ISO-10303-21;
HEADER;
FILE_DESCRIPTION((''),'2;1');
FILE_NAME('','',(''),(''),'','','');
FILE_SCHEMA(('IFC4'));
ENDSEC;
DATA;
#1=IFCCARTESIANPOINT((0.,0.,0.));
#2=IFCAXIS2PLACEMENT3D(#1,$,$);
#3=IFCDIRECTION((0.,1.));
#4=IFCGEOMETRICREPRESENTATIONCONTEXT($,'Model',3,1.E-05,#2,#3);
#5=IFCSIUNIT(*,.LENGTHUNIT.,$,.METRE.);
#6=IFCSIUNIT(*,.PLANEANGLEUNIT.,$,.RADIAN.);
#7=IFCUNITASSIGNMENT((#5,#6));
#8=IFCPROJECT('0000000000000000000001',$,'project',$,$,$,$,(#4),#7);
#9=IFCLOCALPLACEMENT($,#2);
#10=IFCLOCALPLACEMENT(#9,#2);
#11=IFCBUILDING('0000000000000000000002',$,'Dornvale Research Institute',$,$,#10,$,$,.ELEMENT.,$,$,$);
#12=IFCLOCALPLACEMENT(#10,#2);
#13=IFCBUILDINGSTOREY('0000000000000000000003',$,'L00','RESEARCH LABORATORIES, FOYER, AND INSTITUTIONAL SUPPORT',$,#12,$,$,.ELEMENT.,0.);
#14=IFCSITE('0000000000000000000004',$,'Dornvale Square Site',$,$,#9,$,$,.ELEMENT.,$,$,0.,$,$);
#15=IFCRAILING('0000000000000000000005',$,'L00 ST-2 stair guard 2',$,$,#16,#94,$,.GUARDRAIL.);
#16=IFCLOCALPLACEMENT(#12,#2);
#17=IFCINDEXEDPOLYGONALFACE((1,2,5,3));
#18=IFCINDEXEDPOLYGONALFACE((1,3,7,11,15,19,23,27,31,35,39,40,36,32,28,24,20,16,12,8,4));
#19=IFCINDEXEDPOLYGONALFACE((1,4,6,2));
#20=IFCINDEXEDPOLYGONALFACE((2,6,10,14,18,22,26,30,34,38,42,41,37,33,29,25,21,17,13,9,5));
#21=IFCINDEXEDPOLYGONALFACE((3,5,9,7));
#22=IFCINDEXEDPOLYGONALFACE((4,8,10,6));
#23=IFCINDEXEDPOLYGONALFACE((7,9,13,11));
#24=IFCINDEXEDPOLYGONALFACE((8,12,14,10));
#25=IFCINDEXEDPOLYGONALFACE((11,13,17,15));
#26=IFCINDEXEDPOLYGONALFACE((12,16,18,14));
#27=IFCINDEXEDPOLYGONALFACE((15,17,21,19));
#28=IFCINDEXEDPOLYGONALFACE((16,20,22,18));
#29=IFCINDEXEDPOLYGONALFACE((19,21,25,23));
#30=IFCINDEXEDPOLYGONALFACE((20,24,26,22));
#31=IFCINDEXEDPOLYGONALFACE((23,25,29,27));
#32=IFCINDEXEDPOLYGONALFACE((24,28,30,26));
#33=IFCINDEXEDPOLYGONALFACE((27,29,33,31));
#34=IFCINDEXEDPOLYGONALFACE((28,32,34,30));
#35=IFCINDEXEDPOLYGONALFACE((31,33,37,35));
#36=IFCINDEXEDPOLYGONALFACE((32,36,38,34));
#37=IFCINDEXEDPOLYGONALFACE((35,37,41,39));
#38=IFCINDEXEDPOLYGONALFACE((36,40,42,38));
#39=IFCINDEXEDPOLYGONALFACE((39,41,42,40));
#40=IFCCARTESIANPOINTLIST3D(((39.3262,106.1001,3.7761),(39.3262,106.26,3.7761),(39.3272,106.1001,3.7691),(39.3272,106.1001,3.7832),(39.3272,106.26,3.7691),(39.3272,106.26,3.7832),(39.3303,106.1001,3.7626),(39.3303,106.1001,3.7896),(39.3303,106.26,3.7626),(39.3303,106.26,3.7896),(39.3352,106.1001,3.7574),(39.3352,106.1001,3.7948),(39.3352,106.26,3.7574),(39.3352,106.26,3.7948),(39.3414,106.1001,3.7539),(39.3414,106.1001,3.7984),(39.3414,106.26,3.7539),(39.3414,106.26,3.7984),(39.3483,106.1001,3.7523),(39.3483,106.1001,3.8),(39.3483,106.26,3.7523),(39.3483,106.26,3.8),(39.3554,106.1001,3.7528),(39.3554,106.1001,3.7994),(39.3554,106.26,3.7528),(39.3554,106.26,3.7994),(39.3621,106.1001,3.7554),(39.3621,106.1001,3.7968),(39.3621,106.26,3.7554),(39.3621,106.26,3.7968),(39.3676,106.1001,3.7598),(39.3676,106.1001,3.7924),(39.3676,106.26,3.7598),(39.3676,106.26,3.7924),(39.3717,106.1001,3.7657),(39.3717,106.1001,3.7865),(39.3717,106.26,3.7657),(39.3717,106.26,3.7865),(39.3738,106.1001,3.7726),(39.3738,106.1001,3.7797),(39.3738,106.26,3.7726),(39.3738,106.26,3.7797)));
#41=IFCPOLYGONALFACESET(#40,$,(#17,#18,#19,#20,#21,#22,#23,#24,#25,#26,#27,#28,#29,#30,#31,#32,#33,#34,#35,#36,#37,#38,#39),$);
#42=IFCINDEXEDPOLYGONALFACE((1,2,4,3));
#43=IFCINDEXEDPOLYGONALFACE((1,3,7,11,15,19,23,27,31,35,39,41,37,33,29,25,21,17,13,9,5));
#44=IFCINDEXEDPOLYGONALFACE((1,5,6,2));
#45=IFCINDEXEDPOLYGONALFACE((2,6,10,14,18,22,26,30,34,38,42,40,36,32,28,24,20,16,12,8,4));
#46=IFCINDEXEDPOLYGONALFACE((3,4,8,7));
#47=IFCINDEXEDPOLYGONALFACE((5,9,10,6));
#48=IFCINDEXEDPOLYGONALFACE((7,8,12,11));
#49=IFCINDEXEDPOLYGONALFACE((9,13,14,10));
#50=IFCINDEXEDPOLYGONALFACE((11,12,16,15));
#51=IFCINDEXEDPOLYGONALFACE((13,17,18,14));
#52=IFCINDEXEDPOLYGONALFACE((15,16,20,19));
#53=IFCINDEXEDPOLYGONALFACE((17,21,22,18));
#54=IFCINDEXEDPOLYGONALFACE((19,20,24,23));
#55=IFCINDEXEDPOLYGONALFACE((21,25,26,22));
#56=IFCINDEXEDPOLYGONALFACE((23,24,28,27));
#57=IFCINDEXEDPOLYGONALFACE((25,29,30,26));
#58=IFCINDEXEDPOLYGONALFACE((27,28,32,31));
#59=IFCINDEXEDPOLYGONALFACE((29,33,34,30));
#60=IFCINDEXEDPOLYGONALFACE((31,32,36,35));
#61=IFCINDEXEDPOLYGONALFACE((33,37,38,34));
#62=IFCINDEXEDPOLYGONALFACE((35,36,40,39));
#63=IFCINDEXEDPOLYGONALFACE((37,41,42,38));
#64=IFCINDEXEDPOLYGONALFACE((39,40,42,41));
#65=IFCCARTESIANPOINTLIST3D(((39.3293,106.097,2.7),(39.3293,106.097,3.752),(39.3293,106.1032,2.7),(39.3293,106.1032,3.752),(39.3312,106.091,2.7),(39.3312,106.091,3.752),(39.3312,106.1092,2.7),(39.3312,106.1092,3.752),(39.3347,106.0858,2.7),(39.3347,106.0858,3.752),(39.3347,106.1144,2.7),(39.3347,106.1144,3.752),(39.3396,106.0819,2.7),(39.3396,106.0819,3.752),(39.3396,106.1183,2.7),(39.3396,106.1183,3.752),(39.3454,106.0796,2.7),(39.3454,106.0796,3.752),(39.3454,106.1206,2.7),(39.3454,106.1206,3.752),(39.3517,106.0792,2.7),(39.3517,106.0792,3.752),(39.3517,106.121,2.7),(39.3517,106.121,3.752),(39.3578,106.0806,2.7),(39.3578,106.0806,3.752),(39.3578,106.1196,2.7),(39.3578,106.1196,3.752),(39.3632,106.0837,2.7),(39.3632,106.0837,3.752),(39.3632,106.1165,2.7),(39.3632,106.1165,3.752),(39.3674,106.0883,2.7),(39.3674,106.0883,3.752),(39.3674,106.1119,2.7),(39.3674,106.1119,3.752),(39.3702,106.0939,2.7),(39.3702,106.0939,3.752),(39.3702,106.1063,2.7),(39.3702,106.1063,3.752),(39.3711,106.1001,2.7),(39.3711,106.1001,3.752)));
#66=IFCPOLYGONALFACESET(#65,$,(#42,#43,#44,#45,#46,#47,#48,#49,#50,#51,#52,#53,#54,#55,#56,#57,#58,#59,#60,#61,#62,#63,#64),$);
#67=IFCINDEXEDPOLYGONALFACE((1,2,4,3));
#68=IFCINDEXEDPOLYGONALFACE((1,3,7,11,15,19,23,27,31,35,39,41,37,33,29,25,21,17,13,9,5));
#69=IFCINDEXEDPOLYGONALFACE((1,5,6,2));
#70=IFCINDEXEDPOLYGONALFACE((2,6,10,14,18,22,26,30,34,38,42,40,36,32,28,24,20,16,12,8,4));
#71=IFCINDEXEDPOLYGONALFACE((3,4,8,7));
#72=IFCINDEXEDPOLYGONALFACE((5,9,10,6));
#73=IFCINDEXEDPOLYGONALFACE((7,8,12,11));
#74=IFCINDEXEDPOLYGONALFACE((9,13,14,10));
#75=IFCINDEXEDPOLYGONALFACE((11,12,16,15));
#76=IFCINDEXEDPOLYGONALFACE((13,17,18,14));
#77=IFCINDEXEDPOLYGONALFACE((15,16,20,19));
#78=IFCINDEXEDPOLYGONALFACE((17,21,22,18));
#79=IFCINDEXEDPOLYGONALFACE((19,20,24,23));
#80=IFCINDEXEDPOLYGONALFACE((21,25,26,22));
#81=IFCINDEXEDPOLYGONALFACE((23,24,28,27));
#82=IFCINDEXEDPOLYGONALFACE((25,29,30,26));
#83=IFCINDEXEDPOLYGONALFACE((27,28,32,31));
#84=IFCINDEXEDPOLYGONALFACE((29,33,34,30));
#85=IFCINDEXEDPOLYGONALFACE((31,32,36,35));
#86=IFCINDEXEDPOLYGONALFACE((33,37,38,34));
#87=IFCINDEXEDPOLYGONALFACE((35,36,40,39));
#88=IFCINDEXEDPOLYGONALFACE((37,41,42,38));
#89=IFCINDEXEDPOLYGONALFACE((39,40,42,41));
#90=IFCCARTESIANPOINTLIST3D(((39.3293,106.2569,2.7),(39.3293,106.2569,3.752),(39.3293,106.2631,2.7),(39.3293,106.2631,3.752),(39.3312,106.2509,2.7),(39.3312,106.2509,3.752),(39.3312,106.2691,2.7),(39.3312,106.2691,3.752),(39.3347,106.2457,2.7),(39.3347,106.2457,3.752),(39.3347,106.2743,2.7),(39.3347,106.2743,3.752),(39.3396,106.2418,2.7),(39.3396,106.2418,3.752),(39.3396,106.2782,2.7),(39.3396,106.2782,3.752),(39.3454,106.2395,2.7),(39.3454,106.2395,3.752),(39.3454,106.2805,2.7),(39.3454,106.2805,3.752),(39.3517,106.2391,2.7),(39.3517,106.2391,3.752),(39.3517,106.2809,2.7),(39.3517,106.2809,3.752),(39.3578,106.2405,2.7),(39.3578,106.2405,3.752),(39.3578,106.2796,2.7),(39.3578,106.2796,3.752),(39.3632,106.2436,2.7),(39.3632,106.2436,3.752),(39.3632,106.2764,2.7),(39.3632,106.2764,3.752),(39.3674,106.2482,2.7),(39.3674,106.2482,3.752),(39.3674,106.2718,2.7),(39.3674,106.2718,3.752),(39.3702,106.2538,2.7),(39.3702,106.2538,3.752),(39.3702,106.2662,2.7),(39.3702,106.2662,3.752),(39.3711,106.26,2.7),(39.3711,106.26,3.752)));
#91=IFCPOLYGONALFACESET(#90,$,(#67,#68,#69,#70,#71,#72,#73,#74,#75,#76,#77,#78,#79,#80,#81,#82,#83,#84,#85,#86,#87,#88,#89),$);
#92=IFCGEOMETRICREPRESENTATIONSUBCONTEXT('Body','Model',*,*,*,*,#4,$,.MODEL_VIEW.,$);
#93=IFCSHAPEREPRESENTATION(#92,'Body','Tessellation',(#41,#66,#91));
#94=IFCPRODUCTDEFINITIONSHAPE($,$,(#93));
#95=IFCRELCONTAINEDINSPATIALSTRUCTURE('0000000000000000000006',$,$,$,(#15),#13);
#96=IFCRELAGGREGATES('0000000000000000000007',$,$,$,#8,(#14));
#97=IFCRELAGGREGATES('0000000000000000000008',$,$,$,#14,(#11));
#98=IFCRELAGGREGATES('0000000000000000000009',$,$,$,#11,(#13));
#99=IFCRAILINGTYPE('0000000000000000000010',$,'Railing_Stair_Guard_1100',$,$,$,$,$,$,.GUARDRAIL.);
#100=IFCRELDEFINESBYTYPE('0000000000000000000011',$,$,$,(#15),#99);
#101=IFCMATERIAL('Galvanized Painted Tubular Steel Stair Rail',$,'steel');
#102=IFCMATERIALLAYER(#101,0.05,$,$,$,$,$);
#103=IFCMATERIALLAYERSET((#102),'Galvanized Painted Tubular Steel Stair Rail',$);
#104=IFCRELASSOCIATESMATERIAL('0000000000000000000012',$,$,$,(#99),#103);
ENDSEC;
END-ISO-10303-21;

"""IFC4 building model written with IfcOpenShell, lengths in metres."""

from ifc_helpers import new_model, si_unit, direction, frame, origin, origin_2d, place, context, subcontext, project, spatial, circle, extrude, material, layer, layer_set, type_object, element, save


model = new_model("IFC4")

# Units and contexts
model_context = context("Model", 3, precision=1e-05, world=origin(), true_north=direction((0.0, 1.0)))
body_context = subcontext(model_context, "Body", "Model", "MODEL_VIEW")
ifc_project = project(units=[si_unit("LENGTHUNIT", "METRE"), si_unit("PLANEANGLEUNIT", "RADIAN")], contexts=[model_context])

# Site, building, storey
site_placement = place(None, origin())
site = spatial("IfcSite", under=ifc_project, at=site_placement, Name="Dornvale Square Site", CompositionType="ELEMENT", RefElevation=0.0)
building_placement = place(site_placement, origin())
building = spatial("IfcBuilding", under=site, at=building_placement, Name="Dornvale Research Institute", CompositionType="ELEMENT")
storey_placement = place(building_placement, origin())
storey = spatial("IfcBuildingStorey", under=building, at=storey_placement, Name="L00", Description="RESEARCH LABORATORIES, FOYER, AND INSTITUTIONAL SUPPORT", CompositionType="ELEMENT", Elevation=0.0)

# Railing
ifc_material_1 = material(Name="Galvanized Painted Tubular Steel Stair Rail", Category="steel")
ifc_layer_1 = layer(ifc_material_1, 0.05)
ifc_layer_set_1 = layer_set([ifc_layer_1], Name="Galvanized Painted Tubular Steel Stair Rail")
railing_type_1 = type_object("IfcRailingType", Name="Railing_Stair_Guard_1100", PredefinedType="GUARDRAIL", material=ifc_layer_set_1)
railing_1_placement = place(storey_placement, frame((39.3501, 106.1001, 2.7)))
element("IfcRailing", 1, at=railing_1_placement, inside=storey, type_object=railing_type_1, Name="L00 ST-2 stair guard 2", PredefinedType="GUARDRAIL", context=body_context, shape_type="SweptSolid", body=[
    extrude(circle(Radius=0.0239, at=origin_2d()), frame((0.0, 0.0, 1.0762), z_axis=(0.0, 1.0, 0.0), x_axis=(-1.0, 0.0, 0.0)), (0.0, 0.0, 1.0), 0.1599),
    extrude(circle(Radius=0.021, at=origin_2d()), origin(), (0.0, 0.0, 1.0), 1.052),
    extrude(circle(Radius=0.021, at=origin_2d()), frame((0.0, 0.1599, 0.0)), (0.0, 0.0, 1.0), 1.052),
])

save(model, "model.ifc")
